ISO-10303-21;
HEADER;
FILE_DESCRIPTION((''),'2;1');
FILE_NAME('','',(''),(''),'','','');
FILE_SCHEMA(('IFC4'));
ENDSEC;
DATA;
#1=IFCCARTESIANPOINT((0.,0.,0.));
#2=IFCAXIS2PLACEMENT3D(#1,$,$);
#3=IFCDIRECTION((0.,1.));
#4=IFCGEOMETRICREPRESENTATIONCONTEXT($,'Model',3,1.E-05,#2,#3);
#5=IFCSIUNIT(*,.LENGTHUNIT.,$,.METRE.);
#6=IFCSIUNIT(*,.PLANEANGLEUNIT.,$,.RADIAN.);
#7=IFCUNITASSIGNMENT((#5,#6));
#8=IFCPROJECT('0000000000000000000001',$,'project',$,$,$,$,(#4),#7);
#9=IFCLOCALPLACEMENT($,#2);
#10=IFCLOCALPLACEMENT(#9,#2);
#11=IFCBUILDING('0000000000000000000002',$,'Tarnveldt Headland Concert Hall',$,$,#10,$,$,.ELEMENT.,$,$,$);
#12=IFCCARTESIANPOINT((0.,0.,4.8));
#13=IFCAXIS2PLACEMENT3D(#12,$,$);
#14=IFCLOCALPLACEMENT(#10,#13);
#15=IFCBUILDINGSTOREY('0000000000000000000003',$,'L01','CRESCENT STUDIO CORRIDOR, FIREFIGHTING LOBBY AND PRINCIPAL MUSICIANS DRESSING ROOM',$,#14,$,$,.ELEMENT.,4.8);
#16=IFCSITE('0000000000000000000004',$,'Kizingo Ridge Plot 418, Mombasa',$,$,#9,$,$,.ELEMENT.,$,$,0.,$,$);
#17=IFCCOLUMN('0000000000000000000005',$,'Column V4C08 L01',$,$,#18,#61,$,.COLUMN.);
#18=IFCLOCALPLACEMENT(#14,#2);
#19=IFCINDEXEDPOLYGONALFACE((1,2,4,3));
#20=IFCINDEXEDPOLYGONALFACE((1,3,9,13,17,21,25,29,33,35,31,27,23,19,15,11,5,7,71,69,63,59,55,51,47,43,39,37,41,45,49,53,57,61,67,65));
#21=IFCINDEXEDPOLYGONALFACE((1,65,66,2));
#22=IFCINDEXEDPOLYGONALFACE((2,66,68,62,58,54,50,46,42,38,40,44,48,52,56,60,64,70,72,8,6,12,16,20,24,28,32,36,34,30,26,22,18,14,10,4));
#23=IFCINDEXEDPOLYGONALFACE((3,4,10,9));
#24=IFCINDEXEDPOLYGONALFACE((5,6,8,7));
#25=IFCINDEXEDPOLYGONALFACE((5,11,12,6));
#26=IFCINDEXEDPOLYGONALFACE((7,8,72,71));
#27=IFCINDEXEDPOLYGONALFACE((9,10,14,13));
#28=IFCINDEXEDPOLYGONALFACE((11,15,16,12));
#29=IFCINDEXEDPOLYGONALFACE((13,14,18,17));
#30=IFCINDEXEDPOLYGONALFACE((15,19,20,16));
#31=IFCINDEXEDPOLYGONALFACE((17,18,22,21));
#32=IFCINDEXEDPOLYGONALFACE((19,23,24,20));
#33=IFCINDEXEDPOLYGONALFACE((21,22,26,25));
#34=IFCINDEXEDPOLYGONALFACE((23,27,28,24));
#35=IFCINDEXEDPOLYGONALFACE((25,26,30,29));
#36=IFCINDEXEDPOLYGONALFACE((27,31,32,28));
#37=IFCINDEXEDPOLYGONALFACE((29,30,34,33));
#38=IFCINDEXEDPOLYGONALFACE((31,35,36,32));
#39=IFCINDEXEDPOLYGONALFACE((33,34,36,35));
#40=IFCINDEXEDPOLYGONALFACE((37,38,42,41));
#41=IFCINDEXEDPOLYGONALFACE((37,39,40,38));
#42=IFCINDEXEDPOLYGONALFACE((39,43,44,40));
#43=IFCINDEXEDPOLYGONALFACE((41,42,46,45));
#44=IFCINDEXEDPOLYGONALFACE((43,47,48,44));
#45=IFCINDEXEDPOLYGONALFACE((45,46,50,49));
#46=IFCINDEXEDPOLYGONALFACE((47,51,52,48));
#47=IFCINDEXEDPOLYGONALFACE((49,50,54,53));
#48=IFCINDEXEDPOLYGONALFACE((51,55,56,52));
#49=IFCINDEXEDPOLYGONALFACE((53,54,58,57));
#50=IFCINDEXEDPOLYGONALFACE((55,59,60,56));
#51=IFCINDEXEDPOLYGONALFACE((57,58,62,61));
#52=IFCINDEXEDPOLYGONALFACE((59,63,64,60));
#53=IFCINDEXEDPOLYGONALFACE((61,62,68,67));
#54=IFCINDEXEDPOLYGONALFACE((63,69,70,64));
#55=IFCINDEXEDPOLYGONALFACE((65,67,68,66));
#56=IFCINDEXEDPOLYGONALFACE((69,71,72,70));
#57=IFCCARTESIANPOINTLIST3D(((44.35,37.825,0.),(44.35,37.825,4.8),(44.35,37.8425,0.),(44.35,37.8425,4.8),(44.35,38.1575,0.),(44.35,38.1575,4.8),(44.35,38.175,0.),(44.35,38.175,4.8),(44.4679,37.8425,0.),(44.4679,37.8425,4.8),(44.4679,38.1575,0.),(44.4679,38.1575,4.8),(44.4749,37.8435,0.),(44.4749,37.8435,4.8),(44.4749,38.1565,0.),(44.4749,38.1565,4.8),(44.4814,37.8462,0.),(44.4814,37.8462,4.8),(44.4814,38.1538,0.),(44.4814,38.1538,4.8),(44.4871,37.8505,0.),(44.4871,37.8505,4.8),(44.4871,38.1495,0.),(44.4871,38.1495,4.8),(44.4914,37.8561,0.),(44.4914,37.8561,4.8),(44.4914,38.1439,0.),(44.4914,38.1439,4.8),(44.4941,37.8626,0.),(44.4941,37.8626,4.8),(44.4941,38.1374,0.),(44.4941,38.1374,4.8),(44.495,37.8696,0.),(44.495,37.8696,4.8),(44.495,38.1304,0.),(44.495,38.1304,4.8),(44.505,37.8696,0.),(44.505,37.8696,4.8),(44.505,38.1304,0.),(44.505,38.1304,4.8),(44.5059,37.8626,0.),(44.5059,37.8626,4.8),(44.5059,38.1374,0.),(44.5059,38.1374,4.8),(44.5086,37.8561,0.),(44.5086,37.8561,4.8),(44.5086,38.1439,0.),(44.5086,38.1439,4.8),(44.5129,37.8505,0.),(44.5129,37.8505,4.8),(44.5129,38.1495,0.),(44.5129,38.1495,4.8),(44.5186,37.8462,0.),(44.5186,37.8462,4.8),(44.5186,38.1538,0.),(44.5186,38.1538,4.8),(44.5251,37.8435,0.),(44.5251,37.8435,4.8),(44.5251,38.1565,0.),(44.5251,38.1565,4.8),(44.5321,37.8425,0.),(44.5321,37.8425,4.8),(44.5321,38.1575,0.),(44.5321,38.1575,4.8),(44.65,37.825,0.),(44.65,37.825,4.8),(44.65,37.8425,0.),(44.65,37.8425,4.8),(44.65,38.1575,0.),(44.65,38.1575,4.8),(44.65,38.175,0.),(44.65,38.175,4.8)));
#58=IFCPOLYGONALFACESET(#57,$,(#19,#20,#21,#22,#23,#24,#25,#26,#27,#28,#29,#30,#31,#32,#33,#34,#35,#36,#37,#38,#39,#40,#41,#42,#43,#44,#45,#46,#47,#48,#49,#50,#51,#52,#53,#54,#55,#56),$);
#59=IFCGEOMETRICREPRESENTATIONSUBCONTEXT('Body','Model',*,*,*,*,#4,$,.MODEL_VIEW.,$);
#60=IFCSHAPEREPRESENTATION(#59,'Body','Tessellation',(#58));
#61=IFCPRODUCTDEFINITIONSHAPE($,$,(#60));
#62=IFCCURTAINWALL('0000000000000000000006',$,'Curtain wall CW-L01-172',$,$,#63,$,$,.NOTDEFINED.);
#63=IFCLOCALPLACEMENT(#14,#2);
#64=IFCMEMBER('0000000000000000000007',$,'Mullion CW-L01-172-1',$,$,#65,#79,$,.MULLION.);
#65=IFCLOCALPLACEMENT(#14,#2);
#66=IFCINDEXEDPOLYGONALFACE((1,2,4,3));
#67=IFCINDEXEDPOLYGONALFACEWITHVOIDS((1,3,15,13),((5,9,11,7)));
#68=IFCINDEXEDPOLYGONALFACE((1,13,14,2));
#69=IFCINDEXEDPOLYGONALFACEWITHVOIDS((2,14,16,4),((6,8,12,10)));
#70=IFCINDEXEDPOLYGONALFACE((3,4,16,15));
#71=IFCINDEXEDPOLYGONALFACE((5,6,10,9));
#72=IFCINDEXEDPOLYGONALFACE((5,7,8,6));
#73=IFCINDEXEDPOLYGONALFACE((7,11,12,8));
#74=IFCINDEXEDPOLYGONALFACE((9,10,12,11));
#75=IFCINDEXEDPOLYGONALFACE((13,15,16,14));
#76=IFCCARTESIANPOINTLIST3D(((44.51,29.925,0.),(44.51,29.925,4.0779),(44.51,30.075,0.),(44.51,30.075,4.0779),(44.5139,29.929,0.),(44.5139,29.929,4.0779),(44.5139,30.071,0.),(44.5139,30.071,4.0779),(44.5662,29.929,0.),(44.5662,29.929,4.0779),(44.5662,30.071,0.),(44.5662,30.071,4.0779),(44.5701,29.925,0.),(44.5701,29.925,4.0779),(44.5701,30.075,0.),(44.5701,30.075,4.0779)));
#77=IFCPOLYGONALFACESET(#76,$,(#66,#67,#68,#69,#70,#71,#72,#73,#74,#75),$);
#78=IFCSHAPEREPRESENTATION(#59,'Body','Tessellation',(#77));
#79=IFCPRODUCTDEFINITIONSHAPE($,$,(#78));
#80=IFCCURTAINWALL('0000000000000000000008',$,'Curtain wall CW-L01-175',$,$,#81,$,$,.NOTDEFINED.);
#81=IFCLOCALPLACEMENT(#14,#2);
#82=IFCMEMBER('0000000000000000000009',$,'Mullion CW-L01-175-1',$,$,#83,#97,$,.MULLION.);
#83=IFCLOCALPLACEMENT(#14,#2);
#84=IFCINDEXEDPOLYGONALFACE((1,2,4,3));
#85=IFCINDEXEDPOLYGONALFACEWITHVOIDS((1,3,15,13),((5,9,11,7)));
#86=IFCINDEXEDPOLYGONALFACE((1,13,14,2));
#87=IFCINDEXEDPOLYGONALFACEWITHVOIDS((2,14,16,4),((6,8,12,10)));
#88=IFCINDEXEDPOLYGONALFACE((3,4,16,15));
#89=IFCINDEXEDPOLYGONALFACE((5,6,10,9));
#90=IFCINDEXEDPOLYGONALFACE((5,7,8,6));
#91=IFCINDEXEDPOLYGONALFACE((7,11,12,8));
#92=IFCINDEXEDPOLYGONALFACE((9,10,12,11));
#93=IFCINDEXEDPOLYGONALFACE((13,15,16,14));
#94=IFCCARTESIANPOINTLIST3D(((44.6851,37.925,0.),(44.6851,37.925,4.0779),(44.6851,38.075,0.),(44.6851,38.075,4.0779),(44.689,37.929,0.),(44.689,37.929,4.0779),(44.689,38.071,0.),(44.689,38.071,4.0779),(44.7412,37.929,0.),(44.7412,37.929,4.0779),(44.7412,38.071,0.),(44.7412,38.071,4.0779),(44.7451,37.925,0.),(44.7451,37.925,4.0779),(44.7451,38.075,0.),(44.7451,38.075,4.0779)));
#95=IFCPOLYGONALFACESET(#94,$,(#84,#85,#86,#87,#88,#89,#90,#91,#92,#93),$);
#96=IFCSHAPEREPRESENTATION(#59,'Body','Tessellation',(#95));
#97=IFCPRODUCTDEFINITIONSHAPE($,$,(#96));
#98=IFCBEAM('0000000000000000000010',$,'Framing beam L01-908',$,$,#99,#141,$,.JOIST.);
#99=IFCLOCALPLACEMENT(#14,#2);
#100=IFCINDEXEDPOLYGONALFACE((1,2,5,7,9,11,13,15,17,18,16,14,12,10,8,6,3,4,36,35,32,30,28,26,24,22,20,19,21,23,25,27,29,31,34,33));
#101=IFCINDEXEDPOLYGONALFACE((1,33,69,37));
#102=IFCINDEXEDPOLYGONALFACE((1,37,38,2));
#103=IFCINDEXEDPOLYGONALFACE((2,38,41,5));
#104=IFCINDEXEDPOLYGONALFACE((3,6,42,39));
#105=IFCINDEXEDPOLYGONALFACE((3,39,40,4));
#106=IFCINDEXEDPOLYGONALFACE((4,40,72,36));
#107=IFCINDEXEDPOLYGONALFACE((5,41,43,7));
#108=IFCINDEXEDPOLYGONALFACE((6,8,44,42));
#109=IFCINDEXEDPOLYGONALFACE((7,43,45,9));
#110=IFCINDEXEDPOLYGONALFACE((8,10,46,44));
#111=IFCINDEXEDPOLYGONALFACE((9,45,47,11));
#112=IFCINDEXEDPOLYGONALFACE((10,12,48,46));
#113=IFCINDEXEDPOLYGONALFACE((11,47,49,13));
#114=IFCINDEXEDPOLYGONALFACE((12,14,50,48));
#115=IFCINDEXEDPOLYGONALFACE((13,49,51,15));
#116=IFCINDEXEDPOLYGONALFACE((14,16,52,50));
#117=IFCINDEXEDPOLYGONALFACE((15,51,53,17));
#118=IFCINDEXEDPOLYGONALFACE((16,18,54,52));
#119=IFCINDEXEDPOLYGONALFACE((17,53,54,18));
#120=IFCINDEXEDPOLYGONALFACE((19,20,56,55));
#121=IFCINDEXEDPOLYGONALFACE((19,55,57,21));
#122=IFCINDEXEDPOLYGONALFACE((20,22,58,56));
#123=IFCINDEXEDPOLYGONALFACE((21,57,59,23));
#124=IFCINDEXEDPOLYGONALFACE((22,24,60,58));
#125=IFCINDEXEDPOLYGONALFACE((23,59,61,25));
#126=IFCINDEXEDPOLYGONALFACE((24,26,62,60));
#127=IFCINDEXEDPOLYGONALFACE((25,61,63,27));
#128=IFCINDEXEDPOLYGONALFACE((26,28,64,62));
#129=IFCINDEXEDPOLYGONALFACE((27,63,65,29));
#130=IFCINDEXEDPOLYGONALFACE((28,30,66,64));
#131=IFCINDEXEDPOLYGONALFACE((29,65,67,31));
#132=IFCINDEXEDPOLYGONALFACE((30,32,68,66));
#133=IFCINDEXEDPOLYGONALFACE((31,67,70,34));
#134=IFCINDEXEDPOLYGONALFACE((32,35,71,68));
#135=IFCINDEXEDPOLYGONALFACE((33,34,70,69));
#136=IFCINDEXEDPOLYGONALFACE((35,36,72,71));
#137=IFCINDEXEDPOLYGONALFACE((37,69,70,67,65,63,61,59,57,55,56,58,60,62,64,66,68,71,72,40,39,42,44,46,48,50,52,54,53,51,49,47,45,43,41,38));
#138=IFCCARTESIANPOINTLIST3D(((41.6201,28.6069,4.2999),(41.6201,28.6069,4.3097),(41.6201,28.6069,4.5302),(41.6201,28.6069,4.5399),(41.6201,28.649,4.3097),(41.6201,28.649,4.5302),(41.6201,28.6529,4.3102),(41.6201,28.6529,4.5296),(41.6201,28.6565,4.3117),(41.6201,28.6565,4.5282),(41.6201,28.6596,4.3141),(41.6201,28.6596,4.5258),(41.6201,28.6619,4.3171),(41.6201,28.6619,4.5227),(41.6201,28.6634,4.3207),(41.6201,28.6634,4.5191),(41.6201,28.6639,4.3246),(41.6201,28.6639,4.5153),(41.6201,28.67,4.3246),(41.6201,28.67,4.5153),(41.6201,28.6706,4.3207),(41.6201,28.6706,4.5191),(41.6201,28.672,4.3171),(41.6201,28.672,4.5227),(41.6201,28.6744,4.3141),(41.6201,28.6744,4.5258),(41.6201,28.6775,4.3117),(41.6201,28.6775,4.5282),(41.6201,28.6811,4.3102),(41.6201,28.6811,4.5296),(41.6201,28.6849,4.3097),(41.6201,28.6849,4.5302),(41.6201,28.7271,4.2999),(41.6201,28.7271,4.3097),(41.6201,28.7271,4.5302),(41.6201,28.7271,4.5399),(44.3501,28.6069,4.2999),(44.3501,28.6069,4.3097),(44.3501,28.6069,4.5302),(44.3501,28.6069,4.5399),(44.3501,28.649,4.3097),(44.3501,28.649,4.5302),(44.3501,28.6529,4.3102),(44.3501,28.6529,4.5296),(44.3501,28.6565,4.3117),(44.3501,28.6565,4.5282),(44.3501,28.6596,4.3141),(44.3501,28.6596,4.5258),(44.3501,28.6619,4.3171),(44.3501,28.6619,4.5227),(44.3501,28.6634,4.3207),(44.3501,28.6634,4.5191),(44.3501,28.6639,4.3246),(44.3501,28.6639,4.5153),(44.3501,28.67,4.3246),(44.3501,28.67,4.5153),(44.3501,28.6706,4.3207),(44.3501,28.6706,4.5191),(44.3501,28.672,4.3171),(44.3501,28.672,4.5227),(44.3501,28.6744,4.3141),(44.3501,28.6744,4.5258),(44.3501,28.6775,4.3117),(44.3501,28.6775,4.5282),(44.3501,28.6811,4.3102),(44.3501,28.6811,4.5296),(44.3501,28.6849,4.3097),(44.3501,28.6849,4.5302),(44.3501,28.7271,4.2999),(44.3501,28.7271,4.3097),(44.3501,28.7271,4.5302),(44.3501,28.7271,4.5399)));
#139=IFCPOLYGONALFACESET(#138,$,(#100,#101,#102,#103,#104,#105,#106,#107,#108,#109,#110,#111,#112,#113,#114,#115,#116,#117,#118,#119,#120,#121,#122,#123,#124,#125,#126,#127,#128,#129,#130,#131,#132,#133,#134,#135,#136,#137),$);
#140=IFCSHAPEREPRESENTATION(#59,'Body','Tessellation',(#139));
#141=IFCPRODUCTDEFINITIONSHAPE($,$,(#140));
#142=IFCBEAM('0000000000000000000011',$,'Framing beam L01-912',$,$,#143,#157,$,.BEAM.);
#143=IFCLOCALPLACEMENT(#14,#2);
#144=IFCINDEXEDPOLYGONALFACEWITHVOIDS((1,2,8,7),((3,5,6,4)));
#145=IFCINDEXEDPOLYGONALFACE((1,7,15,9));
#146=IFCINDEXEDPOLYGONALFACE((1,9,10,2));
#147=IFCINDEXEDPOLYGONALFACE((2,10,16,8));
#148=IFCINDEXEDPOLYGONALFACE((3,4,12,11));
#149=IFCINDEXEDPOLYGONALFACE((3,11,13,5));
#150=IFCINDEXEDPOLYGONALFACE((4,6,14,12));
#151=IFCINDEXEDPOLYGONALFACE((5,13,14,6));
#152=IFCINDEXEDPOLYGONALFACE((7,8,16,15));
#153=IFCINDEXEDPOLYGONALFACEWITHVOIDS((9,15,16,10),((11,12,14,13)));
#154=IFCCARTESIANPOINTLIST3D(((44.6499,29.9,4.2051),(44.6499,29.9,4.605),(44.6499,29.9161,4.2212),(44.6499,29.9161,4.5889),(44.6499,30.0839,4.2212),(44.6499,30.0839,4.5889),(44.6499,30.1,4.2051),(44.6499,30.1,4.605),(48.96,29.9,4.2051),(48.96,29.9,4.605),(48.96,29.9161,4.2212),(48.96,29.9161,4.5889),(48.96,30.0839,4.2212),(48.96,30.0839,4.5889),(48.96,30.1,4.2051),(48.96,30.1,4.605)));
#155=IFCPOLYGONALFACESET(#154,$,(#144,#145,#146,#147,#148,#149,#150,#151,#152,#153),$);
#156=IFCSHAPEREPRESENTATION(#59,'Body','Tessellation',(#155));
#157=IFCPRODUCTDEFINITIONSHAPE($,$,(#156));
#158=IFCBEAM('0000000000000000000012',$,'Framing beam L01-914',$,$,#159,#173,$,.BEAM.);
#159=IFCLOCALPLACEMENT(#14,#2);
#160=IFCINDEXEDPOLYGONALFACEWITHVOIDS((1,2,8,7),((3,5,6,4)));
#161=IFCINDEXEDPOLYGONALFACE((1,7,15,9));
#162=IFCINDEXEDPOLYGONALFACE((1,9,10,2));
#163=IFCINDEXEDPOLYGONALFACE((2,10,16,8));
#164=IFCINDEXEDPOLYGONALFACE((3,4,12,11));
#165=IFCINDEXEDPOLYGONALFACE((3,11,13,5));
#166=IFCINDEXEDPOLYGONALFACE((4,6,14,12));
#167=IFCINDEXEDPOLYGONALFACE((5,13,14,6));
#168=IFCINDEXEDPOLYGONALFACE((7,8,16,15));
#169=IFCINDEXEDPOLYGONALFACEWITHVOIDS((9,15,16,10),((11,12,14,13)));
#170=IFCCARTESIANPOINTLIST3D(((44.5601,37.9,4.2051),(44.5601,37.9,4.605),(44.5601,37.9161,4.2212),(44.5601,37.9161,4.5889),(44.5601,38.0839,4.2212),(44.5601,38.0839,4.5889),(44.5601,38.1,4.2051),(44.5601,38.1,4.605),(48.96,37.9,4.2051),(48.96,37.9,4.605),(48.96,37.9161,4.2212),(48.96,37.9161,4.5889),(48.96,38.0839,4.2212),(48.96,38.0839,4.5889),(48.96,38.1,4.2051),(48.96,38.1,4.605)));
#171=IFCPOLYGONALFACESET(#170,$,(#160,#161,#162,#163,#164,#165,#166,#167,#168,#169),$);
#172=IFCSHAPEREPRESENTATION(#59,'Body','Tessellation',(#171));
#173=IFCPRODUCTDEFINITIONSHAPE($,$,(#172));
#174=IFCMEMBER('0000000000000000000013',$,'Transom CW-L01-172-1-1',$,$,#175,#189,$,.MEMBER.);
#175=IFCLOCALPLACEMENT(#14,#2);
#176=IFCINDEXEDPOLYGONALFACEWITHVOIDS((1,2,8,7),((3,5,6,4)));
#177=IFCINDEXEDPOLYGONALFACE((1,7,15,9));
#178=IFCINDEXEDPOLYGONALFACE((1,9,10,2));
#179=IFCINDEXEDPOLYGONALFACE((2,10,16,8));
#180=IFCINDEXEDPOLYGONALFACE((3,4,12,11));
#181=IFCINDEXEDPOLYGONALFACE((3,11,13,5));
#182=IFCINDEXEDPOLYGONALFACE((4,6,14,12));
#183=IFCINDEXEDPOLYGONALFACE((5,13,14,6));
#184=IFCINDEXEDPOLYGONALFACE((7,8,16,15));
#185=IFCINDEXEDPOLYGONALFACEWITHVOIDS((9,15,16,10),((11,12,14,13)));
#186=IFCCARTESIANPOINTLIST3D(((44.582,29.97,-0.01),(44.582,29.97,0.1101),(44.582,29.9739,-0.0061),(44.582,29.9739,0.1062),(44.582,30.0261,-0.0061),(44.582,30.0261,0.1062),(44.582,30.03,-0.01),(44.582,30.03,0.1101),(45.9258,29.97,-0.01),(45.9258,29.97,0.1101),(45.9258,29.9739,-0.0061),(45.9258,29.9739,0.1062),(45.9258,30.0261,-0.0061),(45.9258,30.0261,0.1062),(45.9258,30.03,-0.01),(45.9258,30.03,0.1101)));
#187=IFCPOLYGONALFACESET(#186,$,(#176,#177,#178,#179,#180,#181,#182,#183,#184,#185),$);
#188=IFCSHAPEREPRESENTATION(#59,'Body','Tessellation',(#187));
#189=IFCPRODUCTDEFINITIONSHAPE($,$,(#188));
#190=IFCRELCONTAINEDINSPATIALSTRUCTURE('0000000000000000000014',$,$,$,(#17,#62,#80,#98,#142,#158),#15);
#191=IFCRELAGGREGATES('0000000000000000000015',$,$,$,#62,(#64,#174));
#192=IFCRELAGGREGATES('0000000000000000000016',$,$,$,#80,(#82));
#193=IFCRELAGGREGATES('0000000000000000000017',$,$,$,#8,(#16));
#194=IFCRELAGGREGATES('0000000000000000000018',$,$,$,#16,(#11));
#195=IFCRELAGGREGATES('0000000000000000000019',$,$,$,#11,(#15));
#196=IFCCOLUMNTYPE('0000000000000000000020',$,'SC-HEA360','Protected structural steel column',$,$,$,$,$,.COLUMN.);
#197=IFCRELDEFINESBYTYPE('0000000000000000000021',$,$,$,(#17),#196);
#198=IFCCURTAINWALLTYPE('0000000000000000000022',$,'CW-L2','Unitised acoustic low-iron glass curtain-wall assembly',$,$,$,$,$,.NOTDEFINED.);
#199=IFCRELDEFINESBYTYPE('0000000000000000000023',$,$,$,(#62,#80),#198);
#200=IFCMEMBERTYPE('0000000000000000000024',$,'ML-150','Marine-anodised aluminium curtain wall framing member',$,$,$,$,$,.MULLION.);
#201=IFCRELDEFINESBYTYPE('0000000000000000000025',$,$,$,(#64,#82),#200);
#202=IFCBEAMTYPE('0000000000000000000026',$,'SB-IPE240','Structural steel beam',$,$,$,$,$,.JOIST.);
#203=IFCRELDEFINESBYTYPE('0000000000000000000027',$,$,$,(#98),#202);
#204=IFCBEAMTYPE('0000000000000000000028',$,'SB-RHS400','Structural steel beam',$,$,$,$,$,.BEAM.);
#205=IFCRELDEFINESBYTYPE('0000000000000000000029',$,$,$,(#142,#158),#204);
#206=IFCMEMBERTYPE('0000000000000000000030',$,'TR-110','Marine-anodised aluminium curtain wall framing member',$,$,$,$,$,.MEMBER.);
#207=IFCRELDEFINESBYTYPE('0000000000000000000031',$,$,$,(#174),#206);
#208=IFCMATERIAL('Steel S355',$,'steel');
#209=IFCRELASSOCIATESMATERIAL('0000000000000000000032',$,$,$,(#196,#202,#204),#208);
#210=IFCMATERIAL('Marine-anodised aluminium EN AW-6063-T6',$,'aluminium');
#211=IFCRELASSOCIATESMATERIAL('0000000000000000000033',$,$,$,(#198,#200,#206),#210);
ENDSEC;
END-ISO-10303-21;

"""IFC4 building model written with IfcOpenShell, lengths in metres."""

from ifc_helpers import new_model, si_unit, direction, frame, origin, origin_2d, place, context, subcontext, project, spatial, hollow_rectangle, i_section, extrude, material, material_profile, profile_set, type_object, element, aggregate, save


model = new_model("IFC4")

# Units and contexts
model_context = context("Model", 3, precision=1e-05, world=origin(), true_north=direction((0.0, 1.0)))
body_context = subcontext(model_context, "Body", "Model", "MODEL_VIEW")
ifc_project = project(units=[si_unit("LENGTHUNIT", "METRE"), si_unit("PLANEANGLEUNIT", "RADIAN")], contexts=[model_context])

# Site, building, storey
site_placement = place(None, origin())
site = spatial("IfcSite", under=ifc_project, at=site_placement, Name="Kizingo Ridge Plot 418, Mombasa", CompositionType="ELEMENT", RefElevation=0.0)
building_placement = place(site_placement, origin())
building = spatial("IfcBuilding", under=site, at=building_placement, Name="Tarnveldt Headland Concert Hall", CompositionType="ELEMENT")
storey_placement = place(building_placement, frame((0.0, 0.0, 4.8)))
storey = spatial("IfcBuildingStorey", under=building, at=storey_placement, Name="L01", Description="CRESCENT STUDIO CORRIDOR, FIREFIGHTING LOBBY AND PRINCIPAL MUSICIANS DRESSING ROOM", CompositionType="ELEMENT", Elevation=4.8)

# Column
ifc_material_1 = material(Name="Steel S355", Category="steel")
ifc_material_profile_1 = material_profile(ifc_material_1, i_section(OverallWidth=0.3, OverallDepth=0.3501, WebThickness=0.01, FlangeThickness=0.0176, FilletRadius=0.0271, at=origin_2d()), Name="HEA360", Category="steel")
ifc_profile_set_1 = profile_set([ifc_material_profile_1], Name="Steel S355")
column_type = type_object("IfcColumnType", Name="SC-HEA360", Description="Protected structural steel column", PredefinedType="COLUMN", material=ifc_profile_set_1)
column_placement = place(storey_placement, frame((44.5, 38.0, 0.0), z_axis=(0.0, 0.0, 1.0), x_axis=(1.0, 0.0, 0.0)))
element("IfcColumn", 1, at=column_placement, inside=storey, type_object=column_type, Name="Column V4C08 L01", PredefinedType="COLUMN", context=body_context, shape_type="SweptSolid", body=[
    extrude(i_section(OverallWidth=0.3, OverallDepth=0.3501, WebThickness=0.01, FlangeThickness=0.0176, FilletRadius=0.0271, at=origin_2d()), origin(), (0.0, 0.0, 1.0), 4.8),
])

# Curtain walls, members
ifc_material_2 = material(Name="Marine-anodised aluminium EN AW-6063-T6", Category="aluminium")
curtain_wall_type = type_object("IfcCurtainWallType", Name="CW-L2", Description="Unitised acoustic low-iron glass curtain-wall assembly", PredefinedType="NOTDEFINED", material=ifc_material_2)
curtain_wall_1_placement = place(storey_placement, origin())
curtain_wall_1 = element("IfcCurtainWall", 2, at=curtain_wall_1_placement, inside=storey, type_object=curtain_wall_type, Name="Curtain wall CW-L01-172", PredefinedType="NOTDEFINED")
ifc_material_profile_2 = material_profile(ifc_material_2, hollow_rectangle(XDim=0.0601, YDim=0.1499, WallThickness=0.0039, at=origin_2d()), Name="ALU MULLION 60x150x4", Category="aluminium")
ifc_profile_set_2 = profile_set([ifc_material_profile_2], Name="Marine-anodised aluminium EN AW-6063-T6")
member_type_1 = type_object("IfcMemberType", Name="ML-150", Description="Marine-anodised aluminium curtain wall framing member", PredefinedType="MULLION", material=ifc_profile_set_2)
member_1_placement = place(storey_placement, frame((44.54, 30.0, 0.0), z_axis=(0.0, 0.0, 1.0), x_axis=(1.0, 0.0, 0.0)))
member_1 = element("IfcMember", 3, at=member_1_placement, type_object=member_type_1, Name="Mullion CW-L01-172-1", PredefinedType="MULLION", context=body_context, shape_type="SweptSolid", body=[
    extrude(hollow_rectangle(XDim=0.0601, YDim=0.1499, WallThickness=0.0039, at=origin_2d()), origin(), (0.0, 0.0, 1.0), 4.0779),
])
curtain_wall_2_placement = place(storey_placement, origin())
curtain_wall_2 = element("IfcCurtainWall", 4, at=curtain_wall_2_placement, inside=storey, type_object=curtain_wall_type, Name="Curtain wall CW-L01-175", PredefinedType="NOTDEFINED")
member_2_placement = place(storey_placement, frame((44.7151, 38.0, 0.0), z_axis=(0.0, 0.0, 1.0), x_axis=(1.0, 0.0, 0.0)))
member_2 = element("IfcMember", 5, at=member_2_placement, type_object=member_type_1, Name="Mullion CW-L01-175-1", PredefinedType="MULLION", context=body_context, shape_type="SweptSolid", body=[
    extrude(hollow_rectangle(XDim=0.0601, YDim=0.1499, WallThickness=0.0039, at=origin_2d()), origin(), (0.0, 0.0, 1.0), 4.0779),
])

# Beams
ifc_material_profile_3 = material_profile(ifc_material_1, i_section(OverallWidth=0.1201, OverallDepth=0.24, WebThickness=0.0061, FlangeThickness=0.0098, FilletRadius=0.0149, at=origin_2d()), Name="IPE240", Category="steel")
ifc_profile_set_3 = profile_set([ifc_material_profile_3], Name="Steel S355")
beam_type_1 = type_object("IfcBeamType", Name="SB-IPE240", Description="Structural steel beam", PredefinedType="JOIST", material=ifc_profile_set_3)
beam_1_placement = place(storey_placement, frame((41.6201, 28.667, 4.4199), z_axis=(1.0, 0.0, 0.0), x_axis=(0.0, 1.0, 0.0)))
element("IfcBeam", 6, at=beam_1_placement, inside=storey, type_object=beam_type_1, Name="Framing beam L01-908", PredefinedType="JOIST", context=body_context, shape_type="SweptSolid", body=[
    extrude(i_section(OverallWidth=0.1201, OverallDepth=0.24, WebThickness=0.0061, FlangeThickness=0.0098, FilletRadius=0.0149, at=origin_2d()), origin(), (0.0, 0.0, 1.0), 2.73),
])
ifc_material_profile_4 = material_profile(ifc_material_1, hollow_rectangle(XDim=0.2, YDim=0.3999, WallThickness=0.0161, at=origin_2d()), Name="RHS 400x200x16", Category="steel")
ifc_profile_set_4 = profile_set([ifc_material_profile_4], Name="Steel S355")
beam_type_2 = type_object("IfcBeamType", Name="SB-RHS400", Description="Structural steel beam", PredefinedType="BEAM", material=ifc_profile_set_4)
beam_2_placement = place(storey_placement, frame((44.6499, 30.0, 4.405), z_axis=(1.0, 0.0, 0.0), x_axis=(0.0, 1.0, 0.0)))
element("IfcBeam", 7, at=beam_2_placement, inside=storey, type_object=beam_type_2, Name="Framing beam L01-912", PredefinedType="BEAM", context=body_context, shape_type="SweptSolid", body=[
    extrude(hollow_rectangle(XDim=0.2, YDim=0.3999, WallThickness=0.0161, at=origin_2d()), origin(), (0.0, 0.0, 1.0), 4.3101),
])
beam_3_placement = place(storey_placement, frame((44.5601, 38.0, 4.405), z_axis=(1.0, 0.0, 0.0), x_axis=(0.0, 1.0, 0.0)))
element("IfcBeam", 8, at=beam_3_placement, inside=storey, type_object=beam_type_2, Name="Framing beam L01-914", PredefinedType="BEAM", context=body_context, shape_type="SweptSolid", body=[
    extrude(hollow_rectangle(XDim=0.2, YDim=0.3999, WallThickness=0.0161, at=origin_2d()), origin(), (0.0, 0.0, 1.0), 4.3999),
])

# Member
ifc_material_profile_5 = material_profile(ifc_material_2, hollow_rectangle(XDim=0.0601, YDim=0.1201, WallThickness=0.0039, at=origin_2d()), Name="ALU TRANSOM 60x120x4", Category="aluminium")
ifc_profile_set_5 = profile_set([ifc_material_profile_5], Name="Marine-anodised aluminium EN AW-6063-T6")
member_type_2 = type_object("IfcMemberType", Name="TR-110", Description="Marine-anodised aluminium curtain wall framing member", PredefinedType="MEMBER", material=ifc_profile_set_5)
member_3_placement = place(storey_placement, frame((44.582, 30.0, 0.05), z_axis=(1.0, 0.0, 0.0), x_axis=(0.0, 1.0, 0.0)))
member_3 = element("IfcMember", 9, at=member_3_placement, type_object=member_type_2, Name="Transom CW-L01-172-1-1", PredefinedType="MEMBER", context=body_context, shape_type="SweptSolid", body=[
    extrude(hollow_rectangle(XDim=0.0601, YDim=0.1201, WallThickness=0.0039, at=origin_2d()), origin(), (0.0, 0.0, 1.0), 1.3438),
])
aggregate(curtain_wall_1, [member_1, member_3])
aggregate(curtain_wall_2, [member_2])

save(model, "model.ifc")
